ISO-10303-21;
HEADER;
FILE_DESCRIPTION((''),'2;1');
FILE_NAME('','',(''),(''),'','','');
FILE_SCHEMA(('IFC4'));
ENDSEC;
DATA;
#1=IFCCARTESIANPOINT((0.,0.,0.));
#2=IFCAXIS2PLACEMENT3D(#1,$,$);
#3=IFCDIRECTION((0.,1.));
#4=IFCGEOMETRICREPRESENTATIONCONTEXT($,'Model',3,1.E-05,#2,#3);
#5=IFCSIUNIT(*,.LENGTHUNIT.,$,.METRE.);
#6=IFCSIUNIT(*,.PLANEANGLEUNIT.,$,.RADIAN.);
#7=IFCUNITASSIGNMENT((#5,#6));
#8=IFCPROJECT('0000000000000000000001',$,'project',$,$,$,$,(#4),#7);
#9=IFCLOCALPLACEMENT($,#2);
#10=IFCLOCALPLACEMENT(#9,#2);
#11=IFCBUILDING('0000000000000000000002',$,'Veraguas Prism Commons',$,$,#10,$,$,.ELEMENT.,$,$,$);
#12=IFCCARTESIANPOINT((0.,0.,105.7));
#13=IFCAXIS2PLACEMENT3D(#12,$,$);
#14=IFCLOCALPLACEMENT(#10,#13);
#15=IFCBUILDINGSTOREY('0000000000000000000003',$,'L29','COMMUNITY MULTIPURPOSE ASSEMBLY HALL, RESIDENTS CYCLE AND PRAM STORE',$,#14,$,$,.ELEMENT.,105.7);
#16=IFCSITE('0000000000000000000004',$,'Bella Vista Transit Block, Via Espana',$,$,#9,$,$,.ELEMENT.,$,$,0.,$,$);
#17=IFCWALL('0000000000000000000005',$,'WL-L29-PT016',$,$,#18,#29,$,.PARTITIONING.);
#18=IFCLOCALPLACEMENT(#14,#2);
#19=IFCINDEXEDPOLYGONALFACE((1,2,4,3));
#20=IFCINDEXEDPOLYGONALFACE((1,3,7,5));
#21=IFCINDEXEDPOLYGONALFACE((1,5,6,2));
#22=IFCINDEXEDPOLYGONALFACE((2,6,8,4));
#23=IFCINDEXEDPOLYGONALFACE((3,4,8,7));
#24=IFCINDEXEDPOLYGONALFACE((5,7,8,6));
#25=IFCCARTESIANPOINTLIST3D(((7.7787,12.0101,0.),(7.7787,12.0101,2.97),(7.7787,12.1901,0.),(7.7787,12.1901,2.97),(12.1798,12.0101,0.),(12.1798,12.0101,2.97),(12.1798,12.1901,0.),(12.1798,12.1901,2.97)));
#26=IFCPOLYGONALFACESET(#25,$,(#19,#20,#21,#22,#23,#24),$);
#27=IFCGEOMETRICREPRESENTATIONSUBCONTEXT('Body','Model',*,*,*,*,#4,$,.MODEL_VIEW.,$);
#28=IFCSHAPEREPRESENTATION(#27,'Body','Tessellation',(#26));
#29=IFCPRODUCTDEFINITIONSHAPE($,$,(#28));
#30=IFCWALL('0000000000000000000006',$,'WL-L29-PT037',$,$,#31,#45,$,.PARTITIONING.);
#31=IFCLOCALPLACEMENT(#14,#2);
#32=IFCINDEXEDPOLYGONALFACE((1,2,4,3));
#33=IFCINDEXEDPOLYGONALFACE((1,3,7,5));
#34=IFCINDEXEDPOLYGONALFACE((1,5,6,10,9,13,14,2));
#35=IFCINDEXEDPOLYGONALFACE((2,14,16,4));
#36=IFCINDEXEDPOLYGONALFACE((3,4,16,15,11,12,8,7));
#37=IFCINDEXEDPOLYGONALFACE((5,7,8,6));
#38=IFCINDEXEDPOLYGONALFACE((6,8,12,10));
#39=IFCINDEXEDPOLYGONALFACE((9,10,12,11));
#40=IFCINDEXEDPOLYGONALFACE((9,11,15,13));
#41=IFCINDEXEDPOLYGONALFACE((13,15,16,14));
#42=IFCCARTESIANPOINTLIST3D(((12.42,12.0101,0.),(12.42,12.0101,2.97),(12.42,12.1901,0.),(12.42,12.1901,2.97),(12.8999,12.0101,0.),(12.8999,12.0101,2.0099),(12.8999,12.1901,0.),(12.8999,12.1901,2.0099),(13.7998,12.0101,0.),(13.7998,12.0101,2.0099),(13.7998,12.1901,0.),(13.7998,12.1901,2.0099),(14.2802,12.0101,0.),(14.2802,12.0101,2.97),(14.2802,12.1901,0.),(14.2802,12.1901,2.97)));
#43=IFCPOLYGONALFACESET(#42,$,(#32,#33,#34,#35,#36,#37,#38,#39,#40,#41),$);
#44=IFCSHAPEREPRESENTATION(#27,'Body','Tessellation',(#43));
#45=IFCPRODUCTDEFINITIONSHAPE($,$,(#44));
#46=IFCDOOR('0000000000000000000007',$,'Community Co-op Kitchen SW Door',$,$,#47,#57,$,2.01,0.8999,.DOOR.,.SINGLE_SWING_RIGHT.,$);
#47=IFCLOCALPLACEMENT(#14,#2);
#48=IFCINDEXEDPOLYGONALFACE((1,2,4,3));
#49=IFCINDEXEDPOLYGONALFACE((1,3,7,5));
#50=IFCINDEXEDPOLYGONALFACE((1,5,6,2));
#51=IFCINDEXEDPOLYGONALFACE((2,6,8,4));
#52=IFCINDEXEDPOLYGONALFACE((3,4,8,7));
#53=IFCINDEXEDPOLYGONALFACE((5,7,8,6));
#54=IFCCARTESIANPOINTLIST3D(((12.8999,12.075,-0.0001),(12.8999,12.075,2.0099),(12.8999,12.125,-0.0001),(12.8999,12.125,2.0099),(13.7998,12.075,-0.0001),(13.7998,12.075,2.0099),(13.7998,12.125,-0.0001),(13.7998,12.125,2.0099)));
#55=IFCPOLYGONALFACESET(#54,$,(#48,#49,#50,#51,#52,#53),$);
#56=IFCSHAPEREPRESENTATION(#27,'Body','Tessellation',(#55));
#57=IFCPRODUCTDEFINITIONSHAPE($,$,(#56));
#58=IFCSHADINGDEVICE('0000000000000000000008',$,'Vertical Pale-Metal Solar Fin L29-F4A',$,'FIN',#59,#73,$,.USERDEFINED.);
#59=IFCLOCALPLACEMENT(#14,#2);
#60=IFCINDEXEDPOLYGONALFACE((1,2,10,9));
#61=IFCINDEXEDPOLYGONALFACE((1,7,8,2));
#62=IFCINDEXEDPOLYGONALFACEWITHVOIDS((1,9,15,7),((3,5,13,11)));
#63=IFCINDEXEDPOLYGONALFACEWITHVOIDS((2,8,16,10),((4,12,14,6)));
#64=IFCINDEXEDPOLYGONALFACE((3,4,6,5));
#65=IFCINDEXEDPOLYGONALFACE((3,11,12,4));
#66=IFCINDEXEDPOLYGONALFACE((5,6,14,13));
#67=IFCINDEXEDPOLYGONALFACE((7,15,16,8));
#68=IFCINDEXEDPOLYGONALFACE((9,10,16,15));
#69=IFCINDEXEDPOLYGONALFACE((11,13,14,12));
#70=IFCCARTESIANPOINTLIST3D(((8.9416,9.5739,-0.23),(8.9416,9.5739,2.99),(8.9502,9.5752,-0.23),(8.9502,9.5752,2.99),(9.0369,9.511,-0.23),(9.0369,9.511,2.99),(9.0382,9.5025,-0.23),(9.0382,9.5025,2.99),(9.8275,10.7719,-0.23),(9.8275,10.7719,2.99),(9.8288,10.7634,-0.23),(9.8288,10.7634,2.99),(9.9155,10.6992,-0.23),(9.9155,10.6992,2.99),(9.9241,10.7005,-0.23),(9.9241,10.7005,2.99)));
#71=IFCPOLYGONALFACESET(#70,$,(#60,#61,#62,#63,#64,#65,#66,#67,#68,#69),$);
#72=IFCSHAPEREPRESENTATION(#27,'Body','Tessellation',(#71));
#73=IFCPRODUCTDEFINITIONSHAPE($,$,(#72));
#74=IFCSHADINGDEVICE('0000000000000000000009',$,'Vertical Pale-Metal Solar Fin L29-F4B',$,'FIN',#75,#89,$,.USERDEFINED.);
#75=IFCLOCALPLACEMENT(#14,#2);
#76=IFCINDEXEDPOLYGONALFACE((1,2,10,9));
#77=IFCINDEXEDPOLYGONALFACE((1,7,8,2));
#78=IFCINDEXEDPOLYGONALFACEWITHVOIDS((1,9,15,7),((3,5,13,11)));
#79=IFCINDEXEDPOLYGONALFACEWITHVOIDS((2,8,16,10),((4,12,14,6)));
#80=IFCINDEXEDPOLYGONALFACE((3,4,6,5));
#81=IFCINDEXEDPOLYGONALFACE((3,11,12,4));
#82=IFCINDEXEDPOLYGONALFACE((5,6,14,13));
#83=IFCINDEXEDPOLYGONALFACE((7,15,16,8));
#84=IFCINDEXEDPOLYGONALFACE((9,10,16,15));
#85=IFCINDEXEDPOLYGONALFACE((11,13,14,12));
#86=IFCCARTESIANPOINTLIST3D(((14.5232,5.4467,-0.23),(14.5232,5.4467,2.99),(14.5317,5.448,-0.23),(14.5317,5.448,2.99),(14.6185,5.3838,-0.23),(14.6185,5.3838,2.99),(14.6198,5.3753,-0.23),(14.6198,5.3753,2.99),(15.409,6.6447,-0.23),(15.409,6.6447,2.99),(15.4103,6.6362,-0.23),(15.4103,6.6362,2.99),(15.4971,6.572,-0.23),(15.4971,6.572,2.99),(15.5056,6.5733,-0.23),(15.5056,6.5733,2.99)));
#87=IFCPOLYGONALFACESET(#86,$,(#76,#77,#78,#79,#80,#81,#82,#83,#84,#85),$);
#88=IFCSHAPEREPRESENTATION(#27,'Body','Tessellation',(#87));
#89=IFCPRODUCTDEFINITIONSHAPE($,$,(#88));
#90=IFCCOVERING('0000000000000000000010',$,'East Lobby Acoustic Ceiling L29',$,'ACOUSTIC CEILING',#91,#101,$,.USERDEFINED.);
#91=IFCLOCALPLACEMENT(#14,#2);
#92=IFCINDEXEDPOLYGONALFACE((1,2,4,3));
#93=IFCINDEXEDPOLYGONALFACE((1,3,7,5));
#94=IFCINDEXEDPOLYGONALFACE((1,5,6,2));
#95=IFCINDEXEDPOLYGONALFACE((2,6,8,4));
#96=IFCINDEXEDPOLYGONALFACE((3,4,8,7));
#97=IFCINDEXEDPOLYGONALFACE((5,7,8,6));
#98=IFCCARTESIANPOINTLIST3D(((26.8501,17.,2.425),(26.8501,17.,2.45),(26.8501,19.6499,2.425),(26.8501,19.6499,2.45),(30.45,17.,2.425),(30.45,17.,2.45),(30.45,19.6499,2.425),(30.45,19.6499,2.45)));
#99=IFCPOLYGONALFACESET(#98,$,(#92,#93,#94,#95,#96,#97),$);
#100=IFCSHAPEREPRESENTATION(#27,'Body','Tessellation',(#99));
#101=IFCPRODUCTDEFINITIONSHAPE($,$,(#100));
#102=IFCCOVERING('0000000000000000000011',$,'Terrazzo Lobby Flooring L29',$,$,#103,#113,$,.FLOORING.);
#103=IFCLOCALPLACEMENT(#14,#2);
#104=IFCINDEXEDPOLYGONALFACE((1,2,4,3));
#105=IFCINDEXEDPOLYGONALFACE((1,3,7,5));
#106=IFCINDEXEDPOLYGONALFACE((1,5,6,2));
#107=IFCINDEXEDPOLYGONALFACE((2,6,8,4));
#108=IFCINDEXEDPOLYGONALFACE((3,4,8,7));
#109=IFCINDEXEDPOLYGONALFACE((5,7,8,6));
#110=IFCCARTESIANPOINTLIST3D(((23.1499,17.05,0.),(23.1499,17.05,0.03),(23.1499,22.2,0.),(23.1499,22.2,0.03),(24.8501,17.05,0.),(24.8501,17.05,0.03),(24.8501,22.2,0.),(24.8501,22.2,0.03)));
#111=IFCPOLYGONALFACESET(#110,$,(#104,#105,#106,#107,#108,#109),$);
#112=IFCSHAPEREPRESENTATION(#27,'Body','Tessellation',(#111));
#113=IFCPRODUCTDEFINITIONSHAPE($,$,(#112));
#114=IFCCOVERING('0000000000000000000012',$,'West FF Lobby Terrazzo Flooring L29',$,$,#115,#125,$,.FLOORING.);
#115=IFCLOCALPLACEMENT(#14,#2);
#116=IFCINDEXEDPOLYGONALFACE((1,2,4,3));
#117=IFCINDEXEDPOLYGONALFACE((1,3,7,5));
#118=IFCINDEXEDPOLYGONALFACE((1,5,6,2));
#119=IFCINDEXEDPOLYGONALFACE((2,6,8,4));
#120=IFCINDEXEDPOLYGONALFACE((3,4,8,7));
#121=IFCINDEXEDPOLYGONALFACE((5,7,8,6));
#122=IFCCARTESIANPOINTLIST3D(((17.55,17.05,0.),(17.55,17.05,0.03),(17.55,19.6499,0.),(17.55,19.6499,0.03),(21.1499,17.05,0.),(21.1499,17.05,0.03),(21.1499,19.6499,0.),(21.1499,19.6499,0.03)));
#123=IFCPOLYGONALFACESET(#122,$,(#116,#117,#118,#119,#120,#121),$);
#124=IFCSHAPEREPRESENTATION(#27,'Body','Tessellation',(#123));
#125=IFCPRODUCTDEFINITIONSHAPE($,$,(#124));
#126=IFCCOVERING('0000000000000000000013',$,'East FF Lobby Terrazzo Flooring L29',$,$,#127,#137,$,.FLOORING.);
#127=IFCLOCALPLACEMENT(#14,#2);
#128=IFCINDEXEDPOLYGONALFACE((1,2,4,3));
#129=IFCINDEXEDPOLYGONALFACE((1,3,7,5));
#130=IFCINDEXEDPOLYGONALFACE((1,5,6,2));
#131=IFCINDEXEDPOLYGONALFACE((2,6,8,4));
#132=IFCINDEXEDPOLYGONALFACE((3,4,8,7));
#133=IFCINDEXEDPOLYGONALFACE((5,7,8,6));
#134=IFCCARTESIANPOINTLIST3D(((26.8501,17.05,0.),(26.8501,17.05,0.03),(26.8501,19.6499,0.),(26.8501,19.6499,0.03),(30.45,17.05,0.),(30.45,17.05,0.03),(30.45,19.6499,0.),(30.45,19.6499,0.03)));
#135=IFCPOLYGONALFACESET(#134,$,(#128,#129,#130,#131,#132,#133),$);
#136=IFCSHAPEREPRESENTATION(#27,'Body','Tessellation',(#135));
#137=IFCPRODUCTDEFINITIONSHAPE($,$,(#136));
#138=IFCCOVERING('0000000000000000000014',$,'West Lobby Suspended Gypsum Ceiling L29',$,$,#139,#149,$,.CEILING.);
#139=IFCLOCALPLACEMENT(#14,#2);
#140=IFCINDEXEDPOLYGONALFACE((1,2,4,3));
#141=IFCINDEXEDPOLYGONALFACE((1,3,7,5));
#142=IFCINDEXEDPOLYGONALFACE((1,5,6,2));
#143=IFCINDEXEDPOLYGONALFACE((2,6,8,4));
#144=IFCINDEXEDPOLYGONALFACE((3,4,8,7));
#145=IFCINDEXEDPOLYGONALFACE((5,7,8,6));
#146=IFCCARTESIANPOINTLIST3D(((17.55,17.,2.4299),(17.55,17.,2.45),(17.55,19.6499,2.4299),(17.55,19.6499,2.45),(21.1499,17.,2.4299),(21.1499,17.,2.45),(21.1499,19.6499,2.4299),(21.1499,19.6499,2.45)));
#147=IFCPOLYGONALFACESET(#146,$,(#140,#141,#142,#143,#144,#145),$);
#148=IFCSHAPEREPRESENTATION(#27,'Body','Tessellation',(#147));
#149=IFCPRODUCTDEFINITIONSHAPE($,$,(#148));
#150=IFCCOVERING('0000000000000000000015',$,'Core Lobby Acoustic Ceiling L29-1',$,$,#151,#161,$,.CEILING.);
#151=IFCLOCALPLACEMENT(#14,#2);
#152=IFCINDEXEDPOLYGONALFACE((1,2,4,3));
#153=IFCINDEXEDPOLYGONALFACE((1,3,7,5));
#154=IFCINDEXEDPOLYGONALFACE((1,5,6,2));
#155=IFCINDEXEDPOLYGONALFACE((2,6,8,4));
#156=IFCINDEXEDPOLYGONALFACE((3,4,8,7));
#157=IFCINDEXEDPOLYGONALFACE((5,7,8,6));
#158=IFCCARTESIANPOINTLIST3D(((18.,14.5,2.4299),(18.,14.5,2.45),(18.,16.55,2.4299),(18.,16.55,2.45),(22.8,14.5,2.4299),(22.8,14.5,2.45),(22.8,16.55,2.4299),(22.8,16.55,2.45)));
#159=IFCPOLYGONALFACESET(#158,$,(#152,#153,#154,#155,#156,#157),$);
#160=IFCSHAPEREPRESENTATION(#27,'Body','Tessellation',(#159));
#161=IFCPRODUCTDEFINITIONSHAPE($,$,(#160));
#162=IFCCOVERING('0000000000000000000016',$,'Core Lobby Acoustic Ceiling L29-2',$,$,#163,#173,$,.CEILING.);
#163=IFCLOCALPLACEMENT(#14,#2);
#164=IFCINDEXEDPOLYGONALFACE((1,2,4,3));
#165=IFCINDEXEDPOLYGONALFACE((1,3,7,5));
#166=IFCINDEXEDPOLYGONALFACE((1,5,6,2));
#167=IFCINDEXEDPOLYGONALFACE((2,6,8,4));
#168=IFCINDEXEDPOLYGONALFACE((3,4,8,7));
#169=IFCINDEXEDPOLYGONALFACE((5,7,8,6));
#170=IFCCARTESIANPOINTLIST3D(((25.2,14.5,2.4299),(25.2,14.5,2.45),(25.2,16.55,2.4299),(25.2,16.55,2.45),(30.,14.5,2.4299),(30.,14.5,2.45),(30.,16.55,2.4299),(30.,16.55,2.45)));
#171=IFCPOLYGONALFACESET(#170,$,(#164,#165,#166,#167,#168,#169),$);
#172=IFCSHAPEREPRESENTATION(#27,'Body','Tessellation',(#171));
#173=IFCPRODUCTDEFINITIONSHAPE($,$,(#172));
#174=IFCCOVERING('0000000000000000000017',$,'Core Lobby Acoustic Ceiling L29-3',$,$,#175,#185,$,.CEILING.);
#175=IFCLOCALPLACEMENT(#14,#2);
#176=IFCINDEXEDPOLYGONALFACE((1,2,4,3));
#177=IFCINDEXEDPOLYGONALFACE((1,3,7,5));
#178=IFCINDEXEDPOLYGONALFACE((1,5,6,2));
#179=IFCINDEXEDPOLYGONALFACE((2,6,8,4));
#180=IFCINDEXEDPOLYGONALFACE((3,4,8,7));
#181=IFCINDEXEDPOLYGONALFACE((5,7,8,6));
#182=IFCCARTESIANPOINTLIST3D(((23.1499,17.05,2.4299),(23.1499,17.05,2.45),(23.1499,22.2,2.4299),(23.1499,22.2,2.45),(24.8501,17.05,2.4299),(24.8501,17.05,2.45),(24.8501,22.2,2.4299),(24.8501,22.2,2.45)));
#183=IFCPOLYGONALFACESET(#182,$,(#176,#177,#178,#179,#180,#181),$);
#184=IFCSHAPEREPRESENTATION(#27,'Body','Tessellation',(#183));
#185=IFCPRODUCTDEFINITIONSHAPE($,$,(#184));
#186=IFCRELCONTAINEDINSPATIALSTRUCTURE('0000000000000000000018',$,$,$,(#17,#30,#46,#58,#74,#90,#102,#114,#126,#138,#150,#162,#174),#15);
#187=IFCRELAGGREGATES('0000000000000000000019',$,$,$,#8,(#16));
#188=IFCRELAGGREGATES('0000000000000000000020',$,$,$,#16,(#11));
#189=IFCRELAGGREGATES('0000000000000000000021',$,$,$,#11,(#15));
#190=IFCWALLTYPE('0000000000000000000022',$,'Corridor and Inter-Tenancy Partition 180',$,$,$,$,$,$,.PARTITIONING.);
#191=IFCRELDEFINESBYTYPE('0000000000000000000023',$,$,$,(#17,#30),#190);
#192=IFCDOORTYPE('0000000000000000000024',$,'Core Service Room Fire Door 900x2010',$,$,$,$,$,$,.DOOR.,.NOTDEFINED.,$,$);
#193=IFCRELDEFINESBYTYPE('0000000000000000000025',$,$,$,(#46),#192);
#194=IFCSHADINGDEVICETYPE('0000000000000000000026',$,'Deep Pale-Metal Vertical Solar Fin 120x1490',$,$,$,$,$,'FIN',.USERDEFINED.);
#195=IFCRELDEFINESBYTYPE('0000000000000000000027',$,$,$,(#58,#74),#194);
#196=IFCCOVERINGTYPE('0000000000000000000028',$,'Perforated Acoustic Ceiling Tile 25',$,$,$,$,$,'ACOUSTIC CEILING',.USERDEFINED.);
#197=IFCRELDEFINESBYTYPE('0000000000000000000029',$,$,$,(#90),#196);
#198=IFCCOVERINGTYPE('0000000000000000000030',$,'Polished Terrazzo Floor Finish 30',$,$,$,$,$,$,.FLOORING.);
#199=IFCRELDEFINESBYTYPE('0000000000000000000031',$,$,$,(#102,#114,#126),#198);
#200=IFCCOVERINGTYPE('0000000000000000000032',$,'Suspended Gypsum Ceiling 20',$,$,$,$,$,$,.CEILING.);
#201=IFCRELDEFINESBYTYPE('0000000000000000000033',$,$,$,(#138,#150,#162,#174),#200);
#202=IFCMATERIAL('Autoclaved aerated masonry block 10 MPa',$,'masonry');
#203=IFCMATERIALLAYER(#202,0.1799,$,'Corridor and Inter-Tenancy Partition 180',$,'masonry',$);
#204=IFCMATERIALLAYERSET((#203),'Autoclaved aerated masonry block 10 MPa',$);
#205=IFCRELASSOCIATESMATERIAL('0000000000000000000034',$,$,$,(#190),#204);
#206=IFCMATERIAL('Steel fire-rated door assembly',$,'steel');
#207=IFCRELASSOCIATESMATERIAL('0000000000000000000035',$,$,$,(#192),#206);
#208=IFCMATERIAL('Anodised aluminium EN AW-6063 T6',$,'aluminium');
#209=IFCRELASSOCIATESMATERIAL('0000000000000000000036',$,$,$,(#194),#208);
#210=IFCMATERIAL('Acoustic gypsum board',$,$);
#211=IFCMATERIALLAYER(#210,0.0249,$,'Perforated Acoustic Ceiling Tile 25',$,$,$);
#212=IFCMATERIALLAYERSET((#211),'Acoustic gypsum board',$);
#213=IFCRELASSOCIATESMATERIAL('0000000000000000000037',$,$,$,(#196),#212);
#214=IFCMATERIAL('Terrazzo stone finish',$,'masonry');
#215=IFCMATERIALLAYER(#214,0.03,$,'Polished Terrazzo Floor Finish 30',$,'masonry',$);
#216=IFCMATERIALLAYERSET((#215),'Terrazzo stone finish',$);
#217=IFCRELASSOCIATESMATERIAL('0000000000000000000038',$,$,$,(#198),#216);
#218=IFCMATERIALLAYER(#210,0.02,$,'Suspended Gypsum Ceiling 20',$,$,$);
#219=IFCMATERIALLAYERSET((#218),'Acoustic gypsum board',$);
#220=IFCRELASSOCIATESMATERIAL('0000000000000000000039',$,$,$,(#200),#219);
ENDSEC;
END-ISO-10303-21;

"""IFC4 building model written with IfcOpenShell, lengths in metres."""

from ifc_helpers import new_model, si_unit, direction, frame, frame_2d, origin, origin_2d, place, context, subcontext, project, spatial, polyline, rectangle, hollow_rectangle, outline, extrude, source, transform, mapped, material, layer, layer_set, material_profile, profile_set, type_object, element, fill, save


model = new_model("IFC4")

# Units and contexts
model_context = context("Model", 3, precision=1e-05, world=origin(), true_north=direction((0.0, 1.0)))
body_context = subcontext(model_context, "Body", "Model", "MODEL_VIEW")
ifc_project = project(units=[si_unit("LENGTHUNIT", "METRE"), si_unit("PLANEANGLEUNIT", "RADIAN")], contexts=[model_context])

# Site, building, storey
site_placement = place(None, origin())
site = spatial("IfcSite", under=ifc_project, at=site_placement, Name="Bella Vista Transit Block, Via Espana", CompositionType="ELEMENT", RefElevation=0.0)
building_placement = place(site_placement, origin())
building = spatial("IfcBuilding", under=site, at=building_placement, Name="Veraguas Prism Commons", CompositionType="ELEMENT")
storey_placement = place(building_placement, frame((0.0, 0.0, 105.7)))
storey = spatial("IfcBuildingStorey", under=building, at=storey_placement, Name="L29", Description="COMMUNITY MULTIPURPOSE ASSEMBLY HALL, RESIDENTS CYCLE AND PRAM STORE", CompositionType="ELEMENT", Elevation=105.7)

# Shared definitions
ifc_material_1 = material(Name="Anodised aluminium EN AW-6063 T6", Category="aluminium")

# Shared definitions
ifc_material_2 = material(Name="Autoclaved aerated masonry block 10 MPa", Category="masonry")
ifc_layer_1 = layer(ifc_material_2, 0.1799, Name="Corridor and Inter-Tenancy Partition 180", Category="masonry")
ifc_layer_set_1 = layer_set([ifc_layer_1], Name="Autoclaved aerated masonry block 10 MPa")
wall_type = type_object("IfcWallType", Name="Corridor and Inter-Tenancy Partition 180", PredefinedType="PARTITIONING", material=ifc_layer_set_1)

# Shared definitions
ifc_material_3 = material(Name="Steel fire-rated door assembly", Category="steel")

# Wall
wall_1_placement = place(storey_placement, frame((12.1799, 12.1001, 0.0), z_axis=(0.0, 0.0, 1.0), x_axis=(-1.0, 0.0, 0.0)))
element("IfcWall", 1, at=wall_1_placement, inside=storey, type_object=wall_type, Name="WL-L29-PT016", PredefinedType="PARTITIONING", context=body_context, shape_type="SweptSolid", body=[
    extrude(rectangle(XDim=4.4011, YDim=0.1799, at=frame_2d((2.2007, 0.0))), origin(), (0.0, 0.0, 1.0), 2.97),
])

# Wall, opening, door
wall_2_placement = place(storey_placement, frame((12.4199, 12.1001, 0.0), z_axis=(0.0, 0.0, 1.0), x_axis=(1.0, 0.0, 0.0)))
wall_2 = element("IfcWall", 2, at=wall_2_placement, inside=storey, type_object=wall_type, Name="WL-L29-PT037", PredefinedType="PARTITIONING", context=body_context, shape_type="SweptSolid", body=[
    extrude(rectangle(XDim=1.8601, YDim=0.1799, at=frame_2d((0.9302, 0.0))), origin(), (0.0, 0.0, 1.0), 2.97),
])
opening_1_placement = place(wall_2_placement, frame((0.48, 0.0, 0.0)))
opening_1 = element("IfcOpeningElement", 3, at=opening_1_placement, cuts=wall_2, PredefinedType="OPENING", context=body_context, shape_type="SweptSolid", body=[
    extrude(rectangle(XDim=0.8999, YDim=2.01, at=frame_2d((0.45, 1.0049))), frame((0.0, 0.0999, 0.0), z_axis=(0.0, -1.0, 0.0), x_axis=(1.0, 0.0, 0.0)), (0.0, 0.0, 1.0), 0.2),
])
door_type_1 = type_object("IfcDoorType", Name="Core Service Room Fire Door 900x2010", OperationType="NOTDEFINED", PredefinedType="DOOR", material=ifc_material_3)
shared_shape_1 = source(origin(), body_context, "Body", "SweptSolid", [
    extrude(rectangle(XDim=0.8999, YDim=2.01, at=frame_2d((0.45, 1.0049))), frame((0.0, 0.0249, 0.0), z_axis=(0.0, -1.0, 0.0), x_axis=(1.0, 0.0, 0.0)), (0.0, 0.0, 1.0), 0.05),
])
door_1_placement = place(opening_1_placement, origin())
door_1 = element("IfcDoor", 4, at=door_1_placement, inside=storey, type_object=door_type_1, Name="Community Co-op Kitchen SW Door", OperationType="SINGLE_SWING_RIGHT", OverallHeight=2.01, OverallWidth=0.8999, PredefinedType="DOOR", context=body_context, shape_type="MappedRepresentation", body=[
    mapped(shared_shape_1, transform((0.0, 0.0, 0.0), scale=1.0)),
])
fill(opening_1, door_1)

# Shading devices
ifc_material_profile_1 = material_profile(ifc_material_1, hollow_rectangle(XDim=0.1201, YDim=1.49, WallThickness=0.0061, at=origin_2d()), Name="FIN120X1490X6")
ifc_profile_set_1 = profile_set([ifc_material_profile_1], Name="Anodised aluminium EN AW-6063 T6")
shading_device_type = type_object("IfcShadingDeviceType", Name="Deep Pale-Metal Vertical Solar Fin 120x1490", ElementType="FIN", PredefinedType="USERDEFINED", material=ifc_profile_set_1)
for number, where, z_axis, x_axis, name in (
    (5, (9.4329, 10.1372, -0.23), (0.0, 0.0, 1.0), (0.804063, -0.594544, 0.0), "Vertical Pale-Metal Solar Fin L29-F4A"),
    (6, (15.0144, 6.01, -0.23), (0.0, 0.0, 1.0), (0.804063, -0.594544, 0.0), "Vertical Pale-Metal Solar Fin L29-F4B"),
):
    element("IfcShadingDevice", number, at=place(storey_placement, frame(where, z_axis=z_axis, x_axis=x_axis)), inside=storey, type_object=shading_device_type, Name=name, ObjectType="FIN", PredefinedType="USERDEFINED", context=body_context, shape_type="SweptSolid", body=[
        extrude(hollow_rectangle(XDim=0.1201, YDim=1.49, WallThickness=0.0061, at=origin_2d()), origin(), (0.0, 0.0, 1.0), 3.22),
    ])

# Coverings
ifc_material_4 = material(Name="Acoustic gypsum board")
ifc_layer_2 = layer(ifc_material_4, 0.0249, Name="Perforated Acoustic Ceiling Tile 25")
ifc_layer_set_2 = layer_set([ifc_layer_2], Name="Acoustic gypsum board")
covering_type_1 = type_object("IfcCoveringType", Name="Perforated Acoustic Ceiling Tile 25", ElementType="ACOUSTIC CEILING", PredefinedType="USERDEFINED", material=ifc_layer_set_2)
covering_1_placement = place(storey_placement, frame((0.0, 0.0, 2.425)))
element("IfcCovering", 7, at=covering_1_placement, inside=storey, type_object=covering_type_1, Name="East Lobby Acoustic Ceiling L29", ObjectType="ACOUSTIC CEILING", PredefinedType="USERDEFINED", context=body_context, shape_type="SweptSolid", body=[
    extrude(outline(polyline([(26.8501, 17.0), (30.45, 17.0), (30.45, 19.6499), (26.8501, 19.6499), (26.8501, 17.0)])), origin(), (0.0, 0.0, 1.0), 0.0249),
])
ifc_material_5 = material(Name="Terrazzo stone finish", Category="masonry")
ifc_layer_3 = layer(ifc_material_5, 0.03, Name="Polished Terrazzo Floor Finish 30", Category="masonry")
ifc_layer_set_3 = layer_set([ifc_layer_3], Name="Terrazzo stone finish")
covering_type_2 = type_object("IfcCoveringType", Name="Polished Terrazzo Floor Finish 30", PredefinedType="FLOORING", material=ifc_layer_set_3)
covering_2_placement = place(storey_placement, origin())
element("IfcCovering", 8, at=covering_2_placement, inside=storey, type_object=covering_type_2, Name="Terrazzo Lobby Flooring L29", PredefinedType="FLOORING", context=body_context, shape_type="SweptSolid", body=[
    extrude(outline(polyline([(23.1499, 17.05), (24.8501, 17.05), (24.8501, 22.2), (23.1499, 22.2), (23.1499, 17.05)])), origin(), (0.0, 0.0, 1.0), 0.03),
])
covering_3_placement = place(storey_placement, origin())
element("IfcCovering", 9, at=covering_3_placement, inside=storey, type_object=covering_type_2, Name="West FF Lobby Terrazzo Flooring L29", PredefinedType="FLOORING", context=body_context, shape_type="SweptSolid", body=[
    extrude(outline(polyline([(17.55, 17.05), (21.1499, 17.05), (21.1499, 19.6499), (17.55, 19.6499), (17.55, 17.05)])), origin(), (0.0, 0.0, 1.0), 0.03),
])
covering_4_placement = place(storey_placement, origin())
element("IfcCovering", 10, at=covering_4_placement, inside=storey, type_object=covering_type_2, Name="East FF Lobby Terrazzo Flooring L29", PredefinedType="FLOORING", context=body_context, shape_type="SweptSolid", body=[
    extrude(outline(polyline([(26.8501, 17.05), (30.45, 17.05), (30.45, 19.6499), (26.8501, 19.6499), (26.8501, 17.05)])), origin(), (0.0, 0.0, 1.0), 0.03),
])
ifc_layer_4 = layer(ifc_material_4, 0.02, Name="Suspended Gypsum Ceiling 20")
ifc_layer_set_4 = layer_set([ifc_layer_4], Name="Acoustic gypsum board")
covering_type_3 = type_object("IfcCoveringType", Name="Suspended Gypsum Ceiling 20", PredefinedType="CEILING", material=ifc_layer_set_4)
covering_5_placement = place(storey_placement, frame((0.0, 0.0, 2.4299)))
element("IfcCovering", 11, at=covering_5_placement, inside=storey, type_object=covering_type_3, Name="West Lobby Suspended Gypsum Ceiling L29", PredefinedType="CEILING", context=body_context, shape_type="SweptSolid", body=[
    extrude(outline(polyline([(17.55, 17.0), (21.1499, 17.0), (21.1499, 19.6499), (17.55, 19.6499), (17.55, 17.0)])), origin(), (0.0, 0.0, 1.0), 0.02),
])
covering_6_placement = place(storey_placement, frame((0.0, 0.0, 2.4299)))
element("IfcCovering", 12, at=covering_6_placement, inside=storey, type_object=covering_type_3, Name="Core Lobby Acoustic Ceiling L29-1", PredefinedType="CEILING", context=body_context, shape_type="SweptSolid", body=[
    extrude(outline(polyline([(18.0, 14.5), (22.8, 14.5), (22.8, 16.55), (18.0, 16.55), (18.0, 14.5)])), origin(), (0.0, 0.0, 1.0), 0.02),
])
covering_7_placement = place(storey_placement, frame((0.0, 0.0, 2.4299)))
element("IfcCovering", 13, at=covering_7_placement, inside=storey, type_object=covering_type_3, Name="Core Lobby Acoustic Ceiling L29-2", PredefinedType="CEILING", context=body_context, shape_type="SweptSolid", body=[
    extrude(outline(polyline([(25.2, 14.5), (30.0, 14.5), (30.0, 16.55), (25.2, 16.55), (25.2, 14.5)])), origin(), (0.0, 0.0, 1.0), 0.02),
])
covering_8_placement = place(storey_placement, frame((0.0, 0.0, 2.4299)))
element("IfcCovering", 14, at=covering_8_placement, inside=storey, type_object=covering_type_3, Name="Core Lobby Acoustic Ceiling L29-3", PredefinedType="CEILING", context=body_context, shape_type="SweptSolid", body=[
    extrude(outline(polyline([(23.1499, 17.05), (24.8501, 17.05), (24.8501, 22.2), (23.1499, 22.2), (23.1499, 17.05)])), origin(), (0.0, 0.0, 1.0), 0.02),
])

save(model, "model.ifc")
